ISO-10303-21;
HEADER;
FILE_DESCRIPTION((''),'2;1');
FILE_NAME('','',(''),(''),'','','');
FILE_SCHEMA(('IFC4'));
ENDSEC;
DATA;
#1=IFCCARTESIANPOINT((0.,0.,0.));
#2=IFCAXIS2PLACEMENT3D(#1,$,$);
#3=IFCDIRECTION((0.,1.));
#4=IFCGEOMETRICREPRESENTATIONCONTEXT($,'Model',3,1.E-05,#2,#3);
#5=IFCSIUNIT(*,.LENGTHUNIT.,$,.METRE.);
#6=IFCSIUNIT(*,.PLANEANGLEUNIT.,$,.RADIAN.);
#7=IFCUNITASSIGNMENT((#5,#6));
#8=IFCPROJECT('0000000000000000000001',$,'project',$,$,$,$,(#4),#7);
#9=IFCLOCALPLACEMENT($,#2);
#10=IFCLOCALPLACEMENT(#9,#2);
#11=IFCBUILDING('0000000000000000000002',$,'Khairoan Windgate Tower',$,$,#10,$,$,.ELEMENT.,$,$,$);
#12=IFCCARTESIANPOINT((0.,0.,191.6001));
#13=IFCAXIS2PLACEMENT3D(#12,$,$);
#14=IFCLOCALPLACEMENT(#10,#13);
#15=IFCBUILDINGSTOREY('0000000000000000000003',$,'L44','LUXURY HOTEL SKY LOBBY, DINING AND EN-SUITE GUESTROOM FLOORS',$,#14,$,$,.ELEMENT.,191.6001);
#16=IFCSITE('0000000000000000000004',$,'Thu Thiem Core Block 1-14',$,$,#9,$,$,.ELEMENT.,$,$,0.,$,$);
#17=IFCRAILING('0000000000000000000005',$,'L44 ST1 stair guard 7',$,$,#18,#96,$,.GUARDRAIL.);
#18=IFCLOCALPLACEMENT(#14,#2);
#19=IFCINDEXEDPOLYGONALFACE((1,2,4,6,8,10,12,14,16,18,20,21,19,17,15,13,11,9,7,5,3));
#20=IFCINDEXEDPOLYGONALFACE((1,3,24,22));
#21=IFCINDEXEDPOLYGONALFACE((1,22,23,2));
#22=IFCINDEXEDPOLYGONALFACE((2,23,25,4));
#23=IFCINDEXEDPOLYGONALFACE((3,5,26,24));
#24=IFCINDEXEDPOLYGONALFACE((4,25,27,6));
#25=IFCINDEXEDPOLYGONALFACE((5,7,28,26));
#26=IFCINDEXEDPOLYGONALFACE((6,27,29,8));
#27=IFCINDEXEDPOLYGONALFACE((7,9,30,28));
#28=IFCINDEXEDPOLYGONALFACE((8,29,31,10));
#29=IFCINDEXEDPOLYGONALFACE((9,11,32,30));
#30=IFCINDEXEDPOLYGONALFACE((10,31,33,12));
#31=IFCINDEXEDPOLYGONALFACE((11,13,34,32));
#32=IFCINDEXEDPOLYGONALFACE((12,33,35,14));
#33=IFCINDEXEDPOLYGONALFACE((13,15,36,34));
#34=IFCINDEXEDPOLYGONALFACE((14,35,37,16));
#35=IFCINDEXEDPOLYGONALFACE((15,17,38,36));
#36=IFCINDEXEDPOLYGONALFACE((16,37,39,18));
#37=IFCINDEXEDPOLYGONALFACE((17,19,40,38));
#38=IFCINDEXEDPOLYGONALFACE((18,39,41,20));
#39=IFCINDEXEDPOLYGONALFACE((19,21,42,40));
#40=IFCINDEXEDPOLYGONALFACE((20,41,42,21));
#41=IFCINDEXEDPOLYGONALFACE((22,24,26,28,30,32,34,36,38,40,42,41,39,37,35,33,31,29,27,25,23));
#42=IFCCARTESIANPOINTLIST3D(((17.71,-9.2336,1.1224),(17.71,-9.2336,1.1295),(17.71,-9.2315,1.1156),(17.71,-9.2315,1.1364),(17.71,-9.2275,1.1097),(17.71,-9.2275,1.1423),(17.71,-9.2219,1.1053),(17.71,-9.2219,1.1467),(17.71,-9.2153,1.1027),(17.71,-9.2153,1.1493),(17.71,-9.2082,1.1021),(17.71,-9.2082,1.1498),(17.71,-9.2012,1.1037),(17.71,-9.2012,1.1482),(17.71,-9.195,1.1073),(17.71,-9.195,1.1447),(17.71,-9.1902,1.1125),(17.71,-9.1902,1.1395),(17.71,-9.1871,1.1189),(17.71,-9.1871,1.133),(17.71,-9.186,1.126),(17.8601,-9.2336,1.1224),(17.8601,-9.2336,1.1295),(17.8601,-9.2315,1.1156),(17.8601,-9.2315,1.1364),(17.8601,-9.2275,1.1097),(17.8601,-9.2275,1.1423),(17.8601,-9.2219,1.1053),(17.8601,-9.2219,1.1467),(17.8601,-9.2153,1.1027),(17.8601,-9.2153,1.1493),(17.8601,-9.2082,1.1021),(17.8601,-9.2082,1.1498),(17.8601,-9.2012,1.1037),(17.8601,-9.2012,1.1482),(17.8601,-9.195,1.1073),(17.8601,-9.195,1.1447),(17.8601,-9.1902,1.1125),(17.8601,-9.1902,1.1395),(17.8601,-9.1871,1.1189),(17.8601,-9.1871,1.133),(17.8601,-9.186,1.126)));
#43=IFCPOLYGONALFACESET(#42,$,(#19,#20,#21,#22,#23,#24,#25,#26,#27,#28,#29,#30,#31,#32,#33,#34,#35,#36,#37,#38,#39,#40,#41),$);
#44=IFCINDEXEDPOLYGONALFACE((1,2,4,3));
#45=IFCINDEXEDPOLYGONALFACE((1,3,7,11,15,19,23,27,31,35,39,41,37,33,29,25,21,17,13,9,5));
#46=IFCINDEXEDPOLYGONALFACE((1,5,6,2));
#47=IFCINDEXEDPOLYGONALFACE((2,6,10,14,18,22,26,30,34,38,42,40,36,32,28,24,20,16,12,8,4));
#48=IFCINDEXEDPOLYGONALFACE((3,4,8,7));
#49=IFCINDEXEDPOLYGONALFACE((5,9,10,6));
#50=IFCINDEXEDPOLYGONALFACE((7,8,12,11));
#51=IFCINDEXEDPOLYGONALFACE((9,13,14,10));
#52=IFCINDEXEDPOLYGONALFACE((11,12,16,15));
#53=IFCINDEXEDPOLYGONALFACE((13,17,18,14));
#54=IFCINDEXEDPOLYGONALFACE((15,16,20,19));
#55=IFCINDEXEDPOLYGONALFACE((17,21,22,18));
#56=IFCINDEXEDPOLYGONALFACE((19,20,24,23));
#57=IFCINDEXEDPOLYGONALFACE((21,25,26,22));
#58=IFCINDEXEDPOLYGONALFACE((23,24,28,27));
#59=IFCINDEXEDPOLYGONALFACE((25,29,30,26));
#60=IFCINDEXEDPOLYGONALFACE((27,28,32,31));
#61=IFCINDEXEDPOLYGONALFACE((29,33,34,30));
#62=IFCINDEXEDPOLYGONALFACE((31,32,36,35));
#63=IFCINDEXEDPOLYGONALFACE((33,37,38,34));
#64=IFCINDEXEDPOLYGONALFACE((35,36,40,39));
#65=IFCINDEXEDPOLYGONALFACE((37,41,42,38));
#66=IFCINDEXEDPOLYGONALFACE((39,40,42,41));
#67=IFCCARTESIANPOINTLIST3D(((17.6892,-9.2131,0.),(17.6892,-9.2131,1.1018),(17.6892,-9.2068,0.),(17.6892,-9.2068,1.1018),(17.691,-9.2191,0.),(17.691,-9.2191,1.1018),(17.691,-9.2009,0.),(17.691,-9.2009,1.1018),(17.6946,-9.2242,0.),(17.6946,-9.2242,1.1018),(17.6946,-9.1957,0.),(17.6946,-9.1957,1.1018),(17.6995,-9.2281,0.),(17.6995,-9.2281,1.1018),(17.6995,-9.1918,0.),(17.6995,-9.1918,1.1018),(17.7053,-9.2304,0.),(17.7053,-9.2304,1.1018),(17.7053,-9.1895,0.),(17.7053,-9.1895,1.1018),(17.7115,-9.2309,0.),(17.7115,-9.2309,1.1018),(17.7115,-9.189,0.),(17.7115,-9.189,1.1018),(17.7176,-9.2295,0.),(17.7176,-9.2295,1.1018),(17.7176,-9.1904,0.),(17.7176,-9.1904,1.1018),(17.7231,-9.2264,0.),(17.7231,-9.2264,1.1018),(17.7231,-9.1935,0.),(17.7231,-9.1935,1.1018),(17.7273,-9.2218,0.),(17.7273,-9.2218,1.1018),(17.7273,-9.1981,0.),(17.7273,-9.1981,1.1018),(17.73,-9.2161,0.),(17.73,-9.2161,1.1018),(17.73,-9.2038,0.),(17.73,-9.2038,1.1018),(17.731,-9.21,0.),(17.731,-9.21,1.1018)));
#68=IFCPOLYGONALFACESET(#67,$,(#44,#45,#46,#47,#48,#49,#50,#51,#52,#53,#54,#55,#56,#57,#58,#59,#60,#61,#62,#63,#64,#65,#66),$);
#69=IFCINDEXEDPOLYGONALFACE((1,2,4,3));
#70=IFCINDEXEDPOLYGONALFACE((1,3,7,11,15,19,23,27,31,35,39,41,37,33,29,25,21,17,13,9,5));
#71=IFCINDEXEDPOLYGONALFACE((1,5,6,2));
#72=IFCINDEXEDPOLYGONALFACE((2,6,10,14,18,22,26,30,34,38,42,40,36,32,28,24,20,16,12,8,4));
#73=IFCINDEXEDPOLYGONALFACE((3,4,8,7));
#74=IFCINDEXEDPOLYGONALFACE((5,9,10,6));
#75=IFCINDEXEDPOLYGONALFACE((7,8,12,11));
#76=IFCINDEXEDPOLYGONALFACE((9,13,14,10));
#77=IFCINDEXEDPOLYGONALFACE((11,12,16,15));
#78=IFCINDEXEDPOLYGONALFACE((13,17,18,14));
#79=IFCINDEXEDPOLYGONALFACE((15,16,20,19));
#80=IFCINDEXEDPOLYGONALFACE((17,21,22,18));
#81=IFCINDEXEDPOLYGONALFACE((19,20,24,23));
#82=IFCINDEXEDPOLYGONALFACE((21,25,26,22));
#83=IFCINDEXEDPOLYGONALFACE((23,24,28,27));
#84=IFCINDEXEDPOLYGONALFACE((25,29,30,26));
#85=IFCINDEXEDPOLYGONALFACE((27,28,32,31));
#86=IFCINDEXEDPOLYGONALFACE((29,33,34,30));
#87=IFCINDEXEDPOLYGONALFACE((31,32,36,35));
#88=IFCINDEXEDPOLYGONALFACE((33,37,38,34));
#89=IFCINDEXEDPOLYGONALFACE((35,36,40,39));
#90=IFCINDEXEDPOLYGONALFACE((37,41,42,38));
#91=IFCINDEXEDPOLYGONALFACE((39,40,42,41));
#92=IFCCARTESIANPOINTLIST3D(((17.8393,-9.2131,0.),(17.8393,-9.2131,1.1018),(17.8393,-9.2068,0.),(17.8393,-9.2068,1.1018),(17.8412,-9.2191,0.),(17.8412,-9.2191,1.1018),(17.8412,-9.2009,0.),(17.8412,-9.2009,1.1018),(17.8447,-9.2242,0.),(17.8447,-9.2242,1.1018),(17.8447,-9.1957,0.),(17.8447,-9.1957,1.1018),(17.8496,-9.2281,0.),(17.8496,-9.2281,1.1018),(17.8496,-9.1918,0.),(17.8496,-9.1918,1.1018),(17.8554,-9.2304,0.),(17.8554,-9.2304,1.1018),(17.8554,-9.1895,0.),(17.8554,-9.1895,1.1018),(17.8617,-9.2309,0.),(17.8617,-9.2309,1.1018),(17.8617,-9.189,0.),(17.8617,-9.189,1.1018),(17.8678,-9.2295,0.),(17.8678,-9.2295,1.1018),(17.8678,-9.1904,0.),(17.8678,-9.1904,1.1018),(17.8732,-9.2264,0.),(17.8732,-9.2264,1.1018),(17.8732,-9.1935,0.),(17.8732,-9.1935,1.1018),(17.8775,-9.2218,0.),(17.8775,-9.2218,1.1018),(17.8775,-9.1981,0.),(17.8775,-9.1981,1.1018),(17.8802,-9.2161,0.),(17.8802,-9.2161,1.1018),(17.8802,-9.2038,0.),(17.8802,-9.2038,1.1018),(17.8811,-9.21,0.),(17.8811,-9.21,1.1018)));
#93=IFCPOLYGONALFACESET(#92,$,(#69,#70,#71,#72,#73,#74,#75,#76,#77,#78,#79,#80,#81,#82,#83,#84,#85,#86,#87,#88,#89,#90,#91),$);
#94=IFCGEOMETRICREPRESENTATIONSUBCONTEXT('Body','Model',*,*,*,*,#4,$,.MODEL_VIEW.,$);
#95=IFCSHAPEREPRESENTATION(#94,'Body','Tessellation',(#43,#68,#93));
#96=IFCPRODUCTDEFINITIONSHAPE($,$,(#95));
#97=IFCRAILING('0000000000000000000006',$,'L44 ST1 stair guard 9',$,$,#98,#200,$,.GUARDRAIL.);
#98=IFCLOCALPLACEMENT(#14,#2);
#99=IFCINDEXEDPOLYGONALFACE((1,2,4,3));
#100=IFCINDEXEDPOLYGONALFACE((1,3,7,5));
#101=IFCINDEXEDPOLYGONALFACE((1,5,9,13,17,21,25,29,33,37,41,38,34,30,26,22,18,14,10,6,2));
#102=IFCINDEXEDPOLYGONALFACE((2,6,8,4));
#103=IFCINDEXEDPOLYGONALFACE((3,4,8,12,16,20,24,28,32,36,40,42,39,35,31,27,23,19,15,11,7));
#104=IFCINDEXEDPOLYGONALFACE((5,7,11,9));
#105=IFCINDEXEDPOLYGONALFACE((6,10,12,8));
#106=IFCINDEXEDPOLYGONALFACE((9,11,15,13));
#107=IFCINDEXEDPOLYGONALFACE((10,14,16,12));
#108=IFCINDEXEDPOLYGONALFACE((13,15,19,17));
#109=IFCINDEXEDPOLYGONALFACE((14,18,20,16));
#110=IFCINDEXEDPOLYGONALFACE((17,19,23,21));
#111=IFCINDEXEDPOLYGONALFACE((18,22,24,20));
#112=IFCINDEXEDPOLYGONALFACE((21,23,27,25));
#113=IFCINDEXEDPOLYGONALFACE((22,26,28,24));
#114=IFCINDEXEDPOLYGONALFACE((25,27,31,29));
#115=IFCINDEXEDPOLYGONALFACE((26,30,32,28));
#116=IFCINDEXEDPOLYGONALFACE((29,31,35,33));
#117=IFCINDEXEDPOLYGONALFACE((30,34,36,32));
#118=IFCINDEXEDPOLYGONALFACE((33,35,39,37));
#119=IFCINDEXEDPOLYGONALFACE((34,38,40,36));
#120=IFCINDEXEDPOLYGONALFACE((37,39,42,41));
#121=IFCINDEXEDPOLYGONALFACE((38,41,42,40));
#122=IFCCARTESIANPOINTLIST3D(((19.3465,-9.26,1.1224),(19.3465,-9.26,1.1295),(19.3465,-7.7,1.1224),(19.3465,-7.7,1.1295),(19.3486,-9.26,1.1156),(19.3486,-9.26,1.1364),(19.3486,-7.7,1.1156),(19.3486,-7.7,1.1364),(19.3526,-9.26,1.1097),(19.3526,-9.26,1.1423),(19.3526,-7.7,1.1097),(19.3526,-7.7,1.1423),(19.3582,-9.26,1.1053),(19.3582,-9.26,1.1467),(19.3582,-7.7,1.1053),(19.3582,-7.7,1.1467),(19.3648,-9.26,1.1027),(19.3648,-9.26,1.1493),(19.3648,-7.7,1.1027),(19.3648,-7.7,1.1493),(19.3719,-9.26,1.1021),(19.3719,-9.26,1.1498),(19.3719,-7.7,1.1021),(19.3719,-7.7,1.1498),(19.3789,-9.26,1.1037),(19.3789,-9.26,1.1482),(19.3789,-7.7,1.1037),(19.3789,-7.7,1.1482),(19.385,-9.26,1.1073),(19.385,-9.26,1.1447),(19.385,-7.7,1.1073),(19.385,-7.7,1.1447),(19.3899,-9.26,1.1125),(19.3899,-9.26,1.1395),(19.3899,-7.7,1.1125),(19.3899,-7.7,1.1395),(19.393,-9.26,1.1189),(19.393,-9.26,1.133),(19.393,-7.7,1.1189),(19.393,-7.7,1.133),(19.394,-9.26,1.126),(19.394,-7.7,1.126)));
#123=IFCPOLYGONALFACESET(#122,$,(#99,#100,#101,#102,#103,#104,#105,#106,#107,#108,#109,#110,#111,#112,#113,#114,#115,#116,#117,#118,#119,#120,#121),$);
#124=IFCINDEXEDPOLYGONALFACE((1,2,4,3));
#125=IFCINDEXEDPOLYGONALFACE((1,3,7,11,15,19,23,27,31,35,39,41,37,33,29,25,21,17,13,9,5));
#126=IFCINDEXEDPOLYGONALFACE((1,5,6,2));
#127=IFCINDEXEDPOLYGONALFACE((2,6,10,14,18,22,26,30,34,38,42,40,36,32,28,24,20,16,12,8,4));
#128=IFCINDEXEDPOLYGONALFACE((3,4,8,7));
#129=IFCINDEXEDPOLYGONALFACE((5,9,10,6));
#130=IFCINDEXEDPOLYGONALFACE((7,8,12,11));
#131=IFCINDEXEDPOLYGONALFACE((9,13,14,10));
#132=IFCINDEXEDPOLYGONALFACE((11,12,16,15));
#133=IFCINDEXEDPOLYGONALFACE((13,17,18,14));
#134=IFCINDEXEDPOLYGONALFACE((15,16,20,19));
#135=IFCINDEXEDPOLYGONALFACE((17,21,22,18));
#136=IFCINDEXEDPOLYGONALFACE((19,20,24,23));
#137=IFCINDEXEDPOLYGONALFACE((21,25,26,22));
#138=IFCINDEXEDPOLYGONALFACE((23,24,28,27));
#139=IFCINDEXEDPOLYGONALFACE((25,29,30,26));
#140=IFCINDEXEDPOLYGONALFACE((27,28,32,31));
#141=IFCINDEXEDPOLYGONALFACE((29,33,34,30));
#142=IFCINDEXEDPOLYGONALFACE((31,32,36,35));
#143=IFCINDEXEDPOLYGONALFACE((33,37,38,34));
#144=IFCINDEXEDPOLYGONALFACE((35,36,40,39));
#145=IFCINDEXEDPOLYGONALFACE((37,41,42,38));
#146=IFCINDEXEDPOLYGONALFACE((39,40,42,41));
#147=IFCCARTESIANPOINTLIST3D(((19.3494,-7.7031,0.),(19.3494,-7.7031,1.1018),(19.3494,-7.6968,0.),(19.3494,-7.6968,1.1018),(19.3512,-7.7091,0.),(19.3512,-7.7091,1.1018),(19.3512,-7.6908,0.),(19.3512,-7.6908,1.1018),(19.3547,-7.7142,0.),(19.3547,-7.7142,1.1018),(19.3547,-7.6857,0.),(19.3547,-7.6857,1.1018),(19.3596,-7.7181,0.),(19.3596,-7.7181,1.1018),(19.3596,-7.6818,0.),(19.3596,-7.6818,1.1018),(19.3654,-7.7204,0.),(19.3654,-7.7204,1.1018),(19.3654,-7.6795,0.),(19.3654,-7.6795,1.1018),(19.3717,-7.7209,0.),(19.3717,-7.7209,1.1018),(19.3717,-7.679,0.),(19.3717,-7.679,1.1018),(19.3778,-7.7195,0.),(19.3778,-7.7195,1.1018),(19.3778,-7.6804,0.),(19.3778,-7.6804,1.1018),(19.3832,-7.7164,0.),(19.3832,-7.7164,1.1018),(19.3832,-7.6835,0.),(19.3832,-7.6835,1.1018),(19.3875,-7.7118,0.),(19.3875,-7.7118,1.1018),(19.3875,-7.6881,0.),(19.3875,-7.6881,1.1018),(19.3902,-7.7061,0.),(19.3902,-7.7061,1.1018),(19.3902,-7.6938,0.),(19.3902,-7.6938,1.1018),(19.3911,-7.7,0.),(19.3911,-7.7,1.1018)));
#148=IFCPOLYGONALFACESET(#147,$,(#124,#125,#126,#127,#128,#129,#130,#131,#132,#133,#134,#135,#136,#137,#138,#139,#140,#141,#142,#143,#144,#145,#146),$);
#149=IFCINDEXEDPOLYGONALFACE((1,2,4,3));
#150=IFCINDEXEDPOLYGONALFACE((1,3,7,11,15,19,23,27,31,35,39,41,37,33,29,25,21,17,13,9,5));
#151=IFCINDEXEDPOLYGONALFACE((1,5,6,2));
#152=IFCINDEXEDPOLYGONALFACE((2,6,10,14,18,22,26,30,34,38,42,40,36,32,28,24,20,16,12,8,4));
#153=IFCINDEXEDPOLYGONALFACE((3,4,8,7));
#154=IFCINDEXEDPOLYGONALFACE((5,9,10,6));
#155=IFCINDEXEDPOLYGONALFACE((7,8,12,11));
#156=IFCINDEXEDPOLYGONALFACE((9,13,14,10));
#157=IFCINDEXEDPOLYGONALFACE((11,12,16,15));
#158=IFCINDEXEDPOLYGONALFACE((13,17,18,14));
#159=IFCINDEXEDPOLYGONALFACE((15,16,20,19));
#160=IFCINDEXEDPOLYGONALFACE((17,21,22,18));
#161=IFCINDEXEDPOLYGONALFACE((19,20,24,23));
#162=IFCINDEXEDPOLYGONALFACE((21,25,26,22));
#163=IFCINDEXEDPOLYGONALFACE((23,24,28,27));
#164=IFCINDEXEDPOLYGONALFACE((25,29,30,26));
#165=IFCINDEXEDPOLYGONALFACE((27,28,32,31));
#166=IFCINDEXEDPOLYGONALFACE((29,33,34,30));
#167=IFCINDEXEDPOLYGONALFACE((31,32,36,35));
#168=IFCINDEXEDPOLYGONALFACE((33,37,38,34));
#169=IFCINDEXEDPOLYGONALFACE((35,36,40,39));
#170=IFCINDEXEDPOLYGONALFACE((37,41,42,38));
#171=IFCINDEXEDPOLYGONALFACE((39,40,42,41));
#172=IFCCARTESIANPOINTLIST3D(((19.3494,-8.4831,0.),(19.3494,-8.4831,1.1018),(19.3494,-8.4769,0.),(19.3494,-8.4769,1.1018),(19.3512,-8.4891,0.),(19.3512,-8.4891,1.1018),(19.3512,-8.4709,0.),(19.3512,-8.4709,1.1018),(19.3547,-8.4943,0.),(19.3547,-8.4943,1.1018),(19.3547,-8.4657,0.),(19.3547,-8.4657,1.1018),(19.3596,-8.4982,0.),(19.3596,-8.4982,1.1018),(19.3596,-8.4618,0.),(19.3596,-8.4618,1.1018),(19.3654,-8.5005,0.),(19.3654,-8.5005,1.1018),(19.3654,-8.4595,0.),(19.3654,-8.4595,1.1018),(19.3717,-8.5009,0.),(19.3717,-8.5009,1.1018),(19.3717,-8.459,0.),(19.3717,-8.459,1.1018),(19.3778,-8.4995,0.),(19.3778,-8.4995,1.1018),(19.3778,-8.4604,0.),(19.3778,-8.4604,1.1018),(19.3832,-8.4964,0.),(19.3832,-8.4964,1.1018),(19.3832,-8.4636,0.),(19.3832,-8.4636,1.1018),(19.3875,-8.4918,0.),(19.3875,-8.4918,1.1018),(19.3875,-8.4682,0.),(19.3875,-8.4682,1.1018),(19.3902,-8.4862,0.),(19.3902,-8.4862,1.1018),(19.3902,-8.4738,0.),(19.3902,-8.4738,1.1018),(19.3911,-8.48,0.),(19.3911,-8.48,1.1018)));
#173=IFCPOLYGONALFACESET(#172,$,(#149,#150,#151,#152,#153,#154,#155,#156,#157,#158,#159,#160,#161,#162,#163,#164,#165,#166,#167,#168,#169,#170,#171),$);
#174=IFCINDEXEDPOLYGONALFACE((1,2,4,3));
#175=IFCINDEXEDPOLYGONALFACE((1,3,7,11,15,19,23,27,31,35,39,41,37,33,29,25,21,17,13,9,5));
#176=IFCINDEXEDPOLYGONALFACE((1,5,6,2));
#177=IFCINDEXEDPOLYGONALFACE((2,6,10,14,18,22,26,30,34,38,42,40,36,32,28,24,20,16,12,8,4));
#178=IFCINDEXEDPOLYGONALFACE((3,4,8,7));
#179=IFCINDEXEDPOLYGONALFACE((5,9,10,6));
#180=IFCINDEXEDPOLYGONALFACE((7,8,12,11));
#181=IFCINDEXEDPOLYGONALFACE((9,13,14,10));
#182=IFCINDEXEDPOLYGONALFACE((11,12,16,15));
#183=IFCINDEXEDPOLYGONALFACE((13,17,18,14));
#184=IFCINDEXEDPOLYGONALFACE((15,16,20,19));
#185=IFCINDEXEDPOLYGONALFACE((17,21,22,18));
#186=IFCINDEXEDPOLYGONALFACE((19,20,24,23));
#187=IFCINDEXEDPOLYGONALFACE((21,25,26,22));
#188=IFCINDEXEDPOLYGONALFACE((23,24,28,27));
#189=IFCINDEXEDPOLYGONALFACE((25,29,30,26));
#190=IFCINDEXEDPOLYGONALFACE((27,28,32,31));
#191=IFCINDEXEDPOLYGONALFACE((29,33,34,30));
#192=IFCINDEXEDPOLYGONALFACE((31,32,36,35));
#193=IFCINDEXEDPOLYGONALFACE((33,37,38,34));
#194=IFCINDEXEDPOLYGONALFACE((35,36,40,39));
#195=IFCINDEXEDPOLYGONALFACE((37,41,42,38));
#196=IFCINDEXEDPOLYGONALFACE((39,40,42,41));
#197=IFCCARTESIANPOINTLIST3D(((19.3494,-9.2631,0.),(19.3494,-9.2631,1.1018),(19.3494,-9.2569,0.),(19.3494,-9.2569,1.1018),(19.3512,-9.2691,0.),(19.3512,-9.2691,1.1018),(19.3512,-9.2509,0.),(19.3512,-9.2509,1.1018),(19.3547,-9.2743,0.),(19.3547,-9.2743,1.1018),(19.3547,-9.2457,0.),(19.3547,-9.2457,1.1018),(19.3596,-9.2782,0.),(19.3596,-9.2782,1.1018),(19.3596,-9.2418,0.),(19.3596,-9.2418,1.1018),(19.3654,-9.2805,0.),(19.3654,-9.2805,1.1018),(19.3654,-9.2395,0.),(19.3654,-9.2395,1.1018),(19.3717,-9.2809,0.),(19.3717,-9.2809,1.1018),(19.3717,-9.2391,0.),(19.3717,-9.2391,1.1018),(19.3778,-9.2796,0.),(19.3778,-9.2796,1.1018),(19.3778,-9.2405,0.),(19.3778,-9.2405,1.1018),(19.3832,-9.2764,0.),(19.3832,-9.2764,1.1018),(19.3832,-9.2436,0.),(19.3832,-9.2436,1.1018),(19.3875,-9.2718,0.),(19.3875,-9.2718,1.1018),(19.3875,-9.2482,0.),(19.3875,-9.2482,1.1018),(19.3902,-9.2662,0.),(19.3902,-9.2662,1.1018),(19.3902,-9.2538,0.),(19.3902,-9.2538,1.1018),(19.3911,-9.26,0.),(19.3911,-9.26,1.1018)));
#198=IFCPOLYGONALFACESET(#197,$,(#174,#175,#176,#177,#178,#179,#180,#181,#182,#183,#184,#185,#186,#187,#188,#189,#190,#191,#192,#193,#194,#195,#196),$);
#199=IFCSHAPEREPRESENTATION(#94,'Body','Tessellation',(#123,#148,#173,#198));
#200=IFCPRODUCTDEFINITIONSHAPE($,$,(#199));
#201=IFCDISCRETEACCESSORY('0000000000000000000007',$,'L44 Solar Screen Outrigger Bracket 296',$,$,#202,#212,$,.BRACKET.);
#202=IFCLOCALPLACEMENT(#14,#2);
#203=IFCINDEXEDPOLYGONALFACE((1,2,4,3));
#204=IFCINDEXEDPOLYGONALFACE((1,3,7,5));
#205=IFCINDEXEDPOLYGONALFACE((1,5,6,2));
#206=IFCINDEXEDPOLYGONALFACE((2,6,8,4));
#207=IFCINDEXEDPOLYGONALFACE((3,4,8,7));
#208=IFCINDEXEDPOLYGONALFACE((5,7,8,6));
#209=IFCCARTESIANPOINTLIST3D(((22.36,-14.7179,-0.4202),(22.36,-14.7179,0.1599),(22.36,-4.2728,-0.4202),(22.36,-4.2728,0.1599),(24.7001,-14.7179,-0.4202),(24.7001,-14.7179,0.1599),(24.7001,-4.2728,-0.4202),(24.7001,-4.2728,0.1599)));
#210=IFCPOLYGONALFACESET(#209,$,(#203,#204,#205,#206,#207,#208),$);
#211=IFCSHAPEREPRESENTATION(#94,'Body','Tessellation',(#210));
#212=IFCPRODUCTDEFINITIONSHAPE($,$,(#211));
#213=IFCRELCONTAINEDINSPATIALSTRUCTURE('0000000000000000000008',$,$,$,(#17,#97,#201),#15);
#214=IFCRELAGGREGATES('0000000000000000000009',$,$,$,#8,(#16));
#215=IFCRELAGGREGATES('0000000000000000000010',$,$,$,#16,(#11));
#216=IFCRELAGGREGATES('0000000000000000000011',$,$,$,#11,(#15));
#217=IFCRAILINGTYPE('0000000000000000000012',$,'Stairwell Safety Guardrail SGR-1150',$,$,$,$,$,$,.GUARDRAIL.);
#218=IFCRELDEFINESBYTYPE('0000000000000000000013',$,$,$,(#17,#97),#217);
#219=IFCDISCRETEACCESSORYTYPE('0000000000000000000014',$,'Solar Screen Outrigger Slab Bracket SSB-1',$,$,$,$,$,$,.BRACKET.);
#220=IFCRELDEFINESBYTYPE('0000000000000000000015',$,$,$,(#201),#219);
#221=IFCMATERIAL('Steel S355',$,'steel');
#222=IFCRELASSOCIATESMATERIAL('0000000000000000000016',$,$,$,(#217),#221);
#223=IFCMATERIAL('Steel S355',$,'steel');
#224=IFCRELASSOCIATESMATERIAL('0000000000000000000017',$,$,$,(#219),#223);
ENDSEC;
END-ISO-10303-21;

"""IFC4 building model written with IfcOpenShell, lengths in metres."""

from ifc_helpers import new_model, si_unit, direction, frame, origin, origin_2d, place, context, subcontext, project, spatial, rectangle, circle, extrude, material, type_object, element, save


model = new_model("IFC4")

# Units and contexts
model_context = context("Model", 3, precision=1e-05, world=origin(), true_north=direction((0.0, 1.0)))
body_context = subcontext(model_context, "Body", "Model", "MODEL_VIEW")
ifc_project = project(units=[si_unit("LENGTHUNIT", "METRE"), si_unit("PLANEANGLEUNIT", "RADIAN")], contexts=[model_context])

# Site, building, storey
site_placement = place(None, origin())
site = spatial("IfcSite", under=ifc_project, at=site_placement, Name="Thu Thiem Core Block 1-14", CompositionType="ELEMENT", RefElevation=0.0)
building_placement = place(site_placement, origin())
building = spatial("IfcBuilding", under=site, at=building_placement, Name="Khairoan Windgate Tower", CompositionType="ELEMENT")
storey_placement = place(building_placement, frame((0.0, 0.0, 191.6001)))
storey = spatial("IfcBuildingStorey", under=building, at=storey_placement, Name="L44", Description="LUXURY HOTEL SKY LOBBY, DINING AND EN-SUITE GUESTROOM FLOORS", CompositionType="ELEMENT", Elevation=191.6001)

# Railings
ifc_material_1 = material(Name="Steel S355", Category="steel")
railing_type_1 = type_object("IfcRailingType", Name="Stairwell Safety Guardrail SGR-1150", PredefinedType="GUARDRAIL", material=ifc_material_1)
railing_1_placement = place(storey_placement, frame((17.71, -9.21, 0.0)))
element("IfcRailing", 1, at=railing_1_placement, inside=storey, type_object=railing_type_1, Name="L44 ST1 stair guard 7", PredefinedType="GUARDRAIL", context=body_context, shape_type="SweptSolid", body=[
    extrude(circle(Radius=0.0239, at=origin_2d()), frame((0.0, 0.0, 1.126), z_axis=(1.0, 0.0, 0.0), x_axis=(0.0, 1.0, 0.0)), (0.0, 0.0, 1.0), 0.1501),
    extrude(circle(Radius=0.021, at=origin_2d()), origin(), (0.0, 0.0, 1.0), 1.1018),
    extrude(circle(Radius=0.021, at=origin_2d()), frame((0.1501, 0.0, 0.0)), (0.0, 0.0, 1.0), 1.1018),
])
railing_2_placement = place(storey_placement, frame((19.3701, -7.7, 0.0)))
element("IfcRailing", 2, at=railing_2_placement, inside=storey, type_object=railing_type_1, Name="L44 ST1 stair guard 9", PredefinedType="GUARDRAIL", context=body_context, shape_type="SweptSolid", body=[
    extrude(circle(Radius=0.0239, at=origin_2d()), frame((0.0, 0.0, 1.126), z_axis=(0.0, -1.0, 0.0), x_axis=(1.0, 0.0, 0.0)), (0.0, 0.0, 1.0), 1.5601),
    extrude(circle(Radius=0.021, at=origin_2d()), origin(), (0.0, 0.0, 1.0), 1.1018),
    extrude(circle(Radius=0.021, at=origin_2d()), frame((0.0, -0.78, 0.0)), (0.0, 0.0, 1.0), 1.1018),
    extrude(circle(Radius=0.021, at=origin_2d()), frame((0.0, -1.5601, 0.0)), (0.0, 0.0, 1.0), 1.1018),
])

# Discrete accessory
ifc_material_2 = material(Name="Steel S355", Category="steel")
discrete_accessory_type = type_object("IfcDiscreteAccessoryType", Name="Solar Screen Outrigger Slab Bracket SSB-1", PredefinedType="BRACKET", material=ifc_material_2)
discrete_accessory_placement = place(storey_placement, frame((23.53, -9.4954, -0.4202), z_axis=(0.0, 0.0, 1.0), x_axis=(0.0, -1.0, 0.0)))
element("IfcDiscreteAccessory", 3, at=discrete_accessory_placement, inside=storey, type_object=discrete_accessory_type, Name="L44 Solar Screen Outrigger Bracket 296", PredefinedType="BRACKET", context=body_context, shape_type="SweptSolid", body=[
    extrude(rectangle(XDim=10.4451, YDim=2.3401, at=origin_2d()), origin(), (0.0, 0.0, 1.0), 0.5801),
])

save(model, "model.ifc")
